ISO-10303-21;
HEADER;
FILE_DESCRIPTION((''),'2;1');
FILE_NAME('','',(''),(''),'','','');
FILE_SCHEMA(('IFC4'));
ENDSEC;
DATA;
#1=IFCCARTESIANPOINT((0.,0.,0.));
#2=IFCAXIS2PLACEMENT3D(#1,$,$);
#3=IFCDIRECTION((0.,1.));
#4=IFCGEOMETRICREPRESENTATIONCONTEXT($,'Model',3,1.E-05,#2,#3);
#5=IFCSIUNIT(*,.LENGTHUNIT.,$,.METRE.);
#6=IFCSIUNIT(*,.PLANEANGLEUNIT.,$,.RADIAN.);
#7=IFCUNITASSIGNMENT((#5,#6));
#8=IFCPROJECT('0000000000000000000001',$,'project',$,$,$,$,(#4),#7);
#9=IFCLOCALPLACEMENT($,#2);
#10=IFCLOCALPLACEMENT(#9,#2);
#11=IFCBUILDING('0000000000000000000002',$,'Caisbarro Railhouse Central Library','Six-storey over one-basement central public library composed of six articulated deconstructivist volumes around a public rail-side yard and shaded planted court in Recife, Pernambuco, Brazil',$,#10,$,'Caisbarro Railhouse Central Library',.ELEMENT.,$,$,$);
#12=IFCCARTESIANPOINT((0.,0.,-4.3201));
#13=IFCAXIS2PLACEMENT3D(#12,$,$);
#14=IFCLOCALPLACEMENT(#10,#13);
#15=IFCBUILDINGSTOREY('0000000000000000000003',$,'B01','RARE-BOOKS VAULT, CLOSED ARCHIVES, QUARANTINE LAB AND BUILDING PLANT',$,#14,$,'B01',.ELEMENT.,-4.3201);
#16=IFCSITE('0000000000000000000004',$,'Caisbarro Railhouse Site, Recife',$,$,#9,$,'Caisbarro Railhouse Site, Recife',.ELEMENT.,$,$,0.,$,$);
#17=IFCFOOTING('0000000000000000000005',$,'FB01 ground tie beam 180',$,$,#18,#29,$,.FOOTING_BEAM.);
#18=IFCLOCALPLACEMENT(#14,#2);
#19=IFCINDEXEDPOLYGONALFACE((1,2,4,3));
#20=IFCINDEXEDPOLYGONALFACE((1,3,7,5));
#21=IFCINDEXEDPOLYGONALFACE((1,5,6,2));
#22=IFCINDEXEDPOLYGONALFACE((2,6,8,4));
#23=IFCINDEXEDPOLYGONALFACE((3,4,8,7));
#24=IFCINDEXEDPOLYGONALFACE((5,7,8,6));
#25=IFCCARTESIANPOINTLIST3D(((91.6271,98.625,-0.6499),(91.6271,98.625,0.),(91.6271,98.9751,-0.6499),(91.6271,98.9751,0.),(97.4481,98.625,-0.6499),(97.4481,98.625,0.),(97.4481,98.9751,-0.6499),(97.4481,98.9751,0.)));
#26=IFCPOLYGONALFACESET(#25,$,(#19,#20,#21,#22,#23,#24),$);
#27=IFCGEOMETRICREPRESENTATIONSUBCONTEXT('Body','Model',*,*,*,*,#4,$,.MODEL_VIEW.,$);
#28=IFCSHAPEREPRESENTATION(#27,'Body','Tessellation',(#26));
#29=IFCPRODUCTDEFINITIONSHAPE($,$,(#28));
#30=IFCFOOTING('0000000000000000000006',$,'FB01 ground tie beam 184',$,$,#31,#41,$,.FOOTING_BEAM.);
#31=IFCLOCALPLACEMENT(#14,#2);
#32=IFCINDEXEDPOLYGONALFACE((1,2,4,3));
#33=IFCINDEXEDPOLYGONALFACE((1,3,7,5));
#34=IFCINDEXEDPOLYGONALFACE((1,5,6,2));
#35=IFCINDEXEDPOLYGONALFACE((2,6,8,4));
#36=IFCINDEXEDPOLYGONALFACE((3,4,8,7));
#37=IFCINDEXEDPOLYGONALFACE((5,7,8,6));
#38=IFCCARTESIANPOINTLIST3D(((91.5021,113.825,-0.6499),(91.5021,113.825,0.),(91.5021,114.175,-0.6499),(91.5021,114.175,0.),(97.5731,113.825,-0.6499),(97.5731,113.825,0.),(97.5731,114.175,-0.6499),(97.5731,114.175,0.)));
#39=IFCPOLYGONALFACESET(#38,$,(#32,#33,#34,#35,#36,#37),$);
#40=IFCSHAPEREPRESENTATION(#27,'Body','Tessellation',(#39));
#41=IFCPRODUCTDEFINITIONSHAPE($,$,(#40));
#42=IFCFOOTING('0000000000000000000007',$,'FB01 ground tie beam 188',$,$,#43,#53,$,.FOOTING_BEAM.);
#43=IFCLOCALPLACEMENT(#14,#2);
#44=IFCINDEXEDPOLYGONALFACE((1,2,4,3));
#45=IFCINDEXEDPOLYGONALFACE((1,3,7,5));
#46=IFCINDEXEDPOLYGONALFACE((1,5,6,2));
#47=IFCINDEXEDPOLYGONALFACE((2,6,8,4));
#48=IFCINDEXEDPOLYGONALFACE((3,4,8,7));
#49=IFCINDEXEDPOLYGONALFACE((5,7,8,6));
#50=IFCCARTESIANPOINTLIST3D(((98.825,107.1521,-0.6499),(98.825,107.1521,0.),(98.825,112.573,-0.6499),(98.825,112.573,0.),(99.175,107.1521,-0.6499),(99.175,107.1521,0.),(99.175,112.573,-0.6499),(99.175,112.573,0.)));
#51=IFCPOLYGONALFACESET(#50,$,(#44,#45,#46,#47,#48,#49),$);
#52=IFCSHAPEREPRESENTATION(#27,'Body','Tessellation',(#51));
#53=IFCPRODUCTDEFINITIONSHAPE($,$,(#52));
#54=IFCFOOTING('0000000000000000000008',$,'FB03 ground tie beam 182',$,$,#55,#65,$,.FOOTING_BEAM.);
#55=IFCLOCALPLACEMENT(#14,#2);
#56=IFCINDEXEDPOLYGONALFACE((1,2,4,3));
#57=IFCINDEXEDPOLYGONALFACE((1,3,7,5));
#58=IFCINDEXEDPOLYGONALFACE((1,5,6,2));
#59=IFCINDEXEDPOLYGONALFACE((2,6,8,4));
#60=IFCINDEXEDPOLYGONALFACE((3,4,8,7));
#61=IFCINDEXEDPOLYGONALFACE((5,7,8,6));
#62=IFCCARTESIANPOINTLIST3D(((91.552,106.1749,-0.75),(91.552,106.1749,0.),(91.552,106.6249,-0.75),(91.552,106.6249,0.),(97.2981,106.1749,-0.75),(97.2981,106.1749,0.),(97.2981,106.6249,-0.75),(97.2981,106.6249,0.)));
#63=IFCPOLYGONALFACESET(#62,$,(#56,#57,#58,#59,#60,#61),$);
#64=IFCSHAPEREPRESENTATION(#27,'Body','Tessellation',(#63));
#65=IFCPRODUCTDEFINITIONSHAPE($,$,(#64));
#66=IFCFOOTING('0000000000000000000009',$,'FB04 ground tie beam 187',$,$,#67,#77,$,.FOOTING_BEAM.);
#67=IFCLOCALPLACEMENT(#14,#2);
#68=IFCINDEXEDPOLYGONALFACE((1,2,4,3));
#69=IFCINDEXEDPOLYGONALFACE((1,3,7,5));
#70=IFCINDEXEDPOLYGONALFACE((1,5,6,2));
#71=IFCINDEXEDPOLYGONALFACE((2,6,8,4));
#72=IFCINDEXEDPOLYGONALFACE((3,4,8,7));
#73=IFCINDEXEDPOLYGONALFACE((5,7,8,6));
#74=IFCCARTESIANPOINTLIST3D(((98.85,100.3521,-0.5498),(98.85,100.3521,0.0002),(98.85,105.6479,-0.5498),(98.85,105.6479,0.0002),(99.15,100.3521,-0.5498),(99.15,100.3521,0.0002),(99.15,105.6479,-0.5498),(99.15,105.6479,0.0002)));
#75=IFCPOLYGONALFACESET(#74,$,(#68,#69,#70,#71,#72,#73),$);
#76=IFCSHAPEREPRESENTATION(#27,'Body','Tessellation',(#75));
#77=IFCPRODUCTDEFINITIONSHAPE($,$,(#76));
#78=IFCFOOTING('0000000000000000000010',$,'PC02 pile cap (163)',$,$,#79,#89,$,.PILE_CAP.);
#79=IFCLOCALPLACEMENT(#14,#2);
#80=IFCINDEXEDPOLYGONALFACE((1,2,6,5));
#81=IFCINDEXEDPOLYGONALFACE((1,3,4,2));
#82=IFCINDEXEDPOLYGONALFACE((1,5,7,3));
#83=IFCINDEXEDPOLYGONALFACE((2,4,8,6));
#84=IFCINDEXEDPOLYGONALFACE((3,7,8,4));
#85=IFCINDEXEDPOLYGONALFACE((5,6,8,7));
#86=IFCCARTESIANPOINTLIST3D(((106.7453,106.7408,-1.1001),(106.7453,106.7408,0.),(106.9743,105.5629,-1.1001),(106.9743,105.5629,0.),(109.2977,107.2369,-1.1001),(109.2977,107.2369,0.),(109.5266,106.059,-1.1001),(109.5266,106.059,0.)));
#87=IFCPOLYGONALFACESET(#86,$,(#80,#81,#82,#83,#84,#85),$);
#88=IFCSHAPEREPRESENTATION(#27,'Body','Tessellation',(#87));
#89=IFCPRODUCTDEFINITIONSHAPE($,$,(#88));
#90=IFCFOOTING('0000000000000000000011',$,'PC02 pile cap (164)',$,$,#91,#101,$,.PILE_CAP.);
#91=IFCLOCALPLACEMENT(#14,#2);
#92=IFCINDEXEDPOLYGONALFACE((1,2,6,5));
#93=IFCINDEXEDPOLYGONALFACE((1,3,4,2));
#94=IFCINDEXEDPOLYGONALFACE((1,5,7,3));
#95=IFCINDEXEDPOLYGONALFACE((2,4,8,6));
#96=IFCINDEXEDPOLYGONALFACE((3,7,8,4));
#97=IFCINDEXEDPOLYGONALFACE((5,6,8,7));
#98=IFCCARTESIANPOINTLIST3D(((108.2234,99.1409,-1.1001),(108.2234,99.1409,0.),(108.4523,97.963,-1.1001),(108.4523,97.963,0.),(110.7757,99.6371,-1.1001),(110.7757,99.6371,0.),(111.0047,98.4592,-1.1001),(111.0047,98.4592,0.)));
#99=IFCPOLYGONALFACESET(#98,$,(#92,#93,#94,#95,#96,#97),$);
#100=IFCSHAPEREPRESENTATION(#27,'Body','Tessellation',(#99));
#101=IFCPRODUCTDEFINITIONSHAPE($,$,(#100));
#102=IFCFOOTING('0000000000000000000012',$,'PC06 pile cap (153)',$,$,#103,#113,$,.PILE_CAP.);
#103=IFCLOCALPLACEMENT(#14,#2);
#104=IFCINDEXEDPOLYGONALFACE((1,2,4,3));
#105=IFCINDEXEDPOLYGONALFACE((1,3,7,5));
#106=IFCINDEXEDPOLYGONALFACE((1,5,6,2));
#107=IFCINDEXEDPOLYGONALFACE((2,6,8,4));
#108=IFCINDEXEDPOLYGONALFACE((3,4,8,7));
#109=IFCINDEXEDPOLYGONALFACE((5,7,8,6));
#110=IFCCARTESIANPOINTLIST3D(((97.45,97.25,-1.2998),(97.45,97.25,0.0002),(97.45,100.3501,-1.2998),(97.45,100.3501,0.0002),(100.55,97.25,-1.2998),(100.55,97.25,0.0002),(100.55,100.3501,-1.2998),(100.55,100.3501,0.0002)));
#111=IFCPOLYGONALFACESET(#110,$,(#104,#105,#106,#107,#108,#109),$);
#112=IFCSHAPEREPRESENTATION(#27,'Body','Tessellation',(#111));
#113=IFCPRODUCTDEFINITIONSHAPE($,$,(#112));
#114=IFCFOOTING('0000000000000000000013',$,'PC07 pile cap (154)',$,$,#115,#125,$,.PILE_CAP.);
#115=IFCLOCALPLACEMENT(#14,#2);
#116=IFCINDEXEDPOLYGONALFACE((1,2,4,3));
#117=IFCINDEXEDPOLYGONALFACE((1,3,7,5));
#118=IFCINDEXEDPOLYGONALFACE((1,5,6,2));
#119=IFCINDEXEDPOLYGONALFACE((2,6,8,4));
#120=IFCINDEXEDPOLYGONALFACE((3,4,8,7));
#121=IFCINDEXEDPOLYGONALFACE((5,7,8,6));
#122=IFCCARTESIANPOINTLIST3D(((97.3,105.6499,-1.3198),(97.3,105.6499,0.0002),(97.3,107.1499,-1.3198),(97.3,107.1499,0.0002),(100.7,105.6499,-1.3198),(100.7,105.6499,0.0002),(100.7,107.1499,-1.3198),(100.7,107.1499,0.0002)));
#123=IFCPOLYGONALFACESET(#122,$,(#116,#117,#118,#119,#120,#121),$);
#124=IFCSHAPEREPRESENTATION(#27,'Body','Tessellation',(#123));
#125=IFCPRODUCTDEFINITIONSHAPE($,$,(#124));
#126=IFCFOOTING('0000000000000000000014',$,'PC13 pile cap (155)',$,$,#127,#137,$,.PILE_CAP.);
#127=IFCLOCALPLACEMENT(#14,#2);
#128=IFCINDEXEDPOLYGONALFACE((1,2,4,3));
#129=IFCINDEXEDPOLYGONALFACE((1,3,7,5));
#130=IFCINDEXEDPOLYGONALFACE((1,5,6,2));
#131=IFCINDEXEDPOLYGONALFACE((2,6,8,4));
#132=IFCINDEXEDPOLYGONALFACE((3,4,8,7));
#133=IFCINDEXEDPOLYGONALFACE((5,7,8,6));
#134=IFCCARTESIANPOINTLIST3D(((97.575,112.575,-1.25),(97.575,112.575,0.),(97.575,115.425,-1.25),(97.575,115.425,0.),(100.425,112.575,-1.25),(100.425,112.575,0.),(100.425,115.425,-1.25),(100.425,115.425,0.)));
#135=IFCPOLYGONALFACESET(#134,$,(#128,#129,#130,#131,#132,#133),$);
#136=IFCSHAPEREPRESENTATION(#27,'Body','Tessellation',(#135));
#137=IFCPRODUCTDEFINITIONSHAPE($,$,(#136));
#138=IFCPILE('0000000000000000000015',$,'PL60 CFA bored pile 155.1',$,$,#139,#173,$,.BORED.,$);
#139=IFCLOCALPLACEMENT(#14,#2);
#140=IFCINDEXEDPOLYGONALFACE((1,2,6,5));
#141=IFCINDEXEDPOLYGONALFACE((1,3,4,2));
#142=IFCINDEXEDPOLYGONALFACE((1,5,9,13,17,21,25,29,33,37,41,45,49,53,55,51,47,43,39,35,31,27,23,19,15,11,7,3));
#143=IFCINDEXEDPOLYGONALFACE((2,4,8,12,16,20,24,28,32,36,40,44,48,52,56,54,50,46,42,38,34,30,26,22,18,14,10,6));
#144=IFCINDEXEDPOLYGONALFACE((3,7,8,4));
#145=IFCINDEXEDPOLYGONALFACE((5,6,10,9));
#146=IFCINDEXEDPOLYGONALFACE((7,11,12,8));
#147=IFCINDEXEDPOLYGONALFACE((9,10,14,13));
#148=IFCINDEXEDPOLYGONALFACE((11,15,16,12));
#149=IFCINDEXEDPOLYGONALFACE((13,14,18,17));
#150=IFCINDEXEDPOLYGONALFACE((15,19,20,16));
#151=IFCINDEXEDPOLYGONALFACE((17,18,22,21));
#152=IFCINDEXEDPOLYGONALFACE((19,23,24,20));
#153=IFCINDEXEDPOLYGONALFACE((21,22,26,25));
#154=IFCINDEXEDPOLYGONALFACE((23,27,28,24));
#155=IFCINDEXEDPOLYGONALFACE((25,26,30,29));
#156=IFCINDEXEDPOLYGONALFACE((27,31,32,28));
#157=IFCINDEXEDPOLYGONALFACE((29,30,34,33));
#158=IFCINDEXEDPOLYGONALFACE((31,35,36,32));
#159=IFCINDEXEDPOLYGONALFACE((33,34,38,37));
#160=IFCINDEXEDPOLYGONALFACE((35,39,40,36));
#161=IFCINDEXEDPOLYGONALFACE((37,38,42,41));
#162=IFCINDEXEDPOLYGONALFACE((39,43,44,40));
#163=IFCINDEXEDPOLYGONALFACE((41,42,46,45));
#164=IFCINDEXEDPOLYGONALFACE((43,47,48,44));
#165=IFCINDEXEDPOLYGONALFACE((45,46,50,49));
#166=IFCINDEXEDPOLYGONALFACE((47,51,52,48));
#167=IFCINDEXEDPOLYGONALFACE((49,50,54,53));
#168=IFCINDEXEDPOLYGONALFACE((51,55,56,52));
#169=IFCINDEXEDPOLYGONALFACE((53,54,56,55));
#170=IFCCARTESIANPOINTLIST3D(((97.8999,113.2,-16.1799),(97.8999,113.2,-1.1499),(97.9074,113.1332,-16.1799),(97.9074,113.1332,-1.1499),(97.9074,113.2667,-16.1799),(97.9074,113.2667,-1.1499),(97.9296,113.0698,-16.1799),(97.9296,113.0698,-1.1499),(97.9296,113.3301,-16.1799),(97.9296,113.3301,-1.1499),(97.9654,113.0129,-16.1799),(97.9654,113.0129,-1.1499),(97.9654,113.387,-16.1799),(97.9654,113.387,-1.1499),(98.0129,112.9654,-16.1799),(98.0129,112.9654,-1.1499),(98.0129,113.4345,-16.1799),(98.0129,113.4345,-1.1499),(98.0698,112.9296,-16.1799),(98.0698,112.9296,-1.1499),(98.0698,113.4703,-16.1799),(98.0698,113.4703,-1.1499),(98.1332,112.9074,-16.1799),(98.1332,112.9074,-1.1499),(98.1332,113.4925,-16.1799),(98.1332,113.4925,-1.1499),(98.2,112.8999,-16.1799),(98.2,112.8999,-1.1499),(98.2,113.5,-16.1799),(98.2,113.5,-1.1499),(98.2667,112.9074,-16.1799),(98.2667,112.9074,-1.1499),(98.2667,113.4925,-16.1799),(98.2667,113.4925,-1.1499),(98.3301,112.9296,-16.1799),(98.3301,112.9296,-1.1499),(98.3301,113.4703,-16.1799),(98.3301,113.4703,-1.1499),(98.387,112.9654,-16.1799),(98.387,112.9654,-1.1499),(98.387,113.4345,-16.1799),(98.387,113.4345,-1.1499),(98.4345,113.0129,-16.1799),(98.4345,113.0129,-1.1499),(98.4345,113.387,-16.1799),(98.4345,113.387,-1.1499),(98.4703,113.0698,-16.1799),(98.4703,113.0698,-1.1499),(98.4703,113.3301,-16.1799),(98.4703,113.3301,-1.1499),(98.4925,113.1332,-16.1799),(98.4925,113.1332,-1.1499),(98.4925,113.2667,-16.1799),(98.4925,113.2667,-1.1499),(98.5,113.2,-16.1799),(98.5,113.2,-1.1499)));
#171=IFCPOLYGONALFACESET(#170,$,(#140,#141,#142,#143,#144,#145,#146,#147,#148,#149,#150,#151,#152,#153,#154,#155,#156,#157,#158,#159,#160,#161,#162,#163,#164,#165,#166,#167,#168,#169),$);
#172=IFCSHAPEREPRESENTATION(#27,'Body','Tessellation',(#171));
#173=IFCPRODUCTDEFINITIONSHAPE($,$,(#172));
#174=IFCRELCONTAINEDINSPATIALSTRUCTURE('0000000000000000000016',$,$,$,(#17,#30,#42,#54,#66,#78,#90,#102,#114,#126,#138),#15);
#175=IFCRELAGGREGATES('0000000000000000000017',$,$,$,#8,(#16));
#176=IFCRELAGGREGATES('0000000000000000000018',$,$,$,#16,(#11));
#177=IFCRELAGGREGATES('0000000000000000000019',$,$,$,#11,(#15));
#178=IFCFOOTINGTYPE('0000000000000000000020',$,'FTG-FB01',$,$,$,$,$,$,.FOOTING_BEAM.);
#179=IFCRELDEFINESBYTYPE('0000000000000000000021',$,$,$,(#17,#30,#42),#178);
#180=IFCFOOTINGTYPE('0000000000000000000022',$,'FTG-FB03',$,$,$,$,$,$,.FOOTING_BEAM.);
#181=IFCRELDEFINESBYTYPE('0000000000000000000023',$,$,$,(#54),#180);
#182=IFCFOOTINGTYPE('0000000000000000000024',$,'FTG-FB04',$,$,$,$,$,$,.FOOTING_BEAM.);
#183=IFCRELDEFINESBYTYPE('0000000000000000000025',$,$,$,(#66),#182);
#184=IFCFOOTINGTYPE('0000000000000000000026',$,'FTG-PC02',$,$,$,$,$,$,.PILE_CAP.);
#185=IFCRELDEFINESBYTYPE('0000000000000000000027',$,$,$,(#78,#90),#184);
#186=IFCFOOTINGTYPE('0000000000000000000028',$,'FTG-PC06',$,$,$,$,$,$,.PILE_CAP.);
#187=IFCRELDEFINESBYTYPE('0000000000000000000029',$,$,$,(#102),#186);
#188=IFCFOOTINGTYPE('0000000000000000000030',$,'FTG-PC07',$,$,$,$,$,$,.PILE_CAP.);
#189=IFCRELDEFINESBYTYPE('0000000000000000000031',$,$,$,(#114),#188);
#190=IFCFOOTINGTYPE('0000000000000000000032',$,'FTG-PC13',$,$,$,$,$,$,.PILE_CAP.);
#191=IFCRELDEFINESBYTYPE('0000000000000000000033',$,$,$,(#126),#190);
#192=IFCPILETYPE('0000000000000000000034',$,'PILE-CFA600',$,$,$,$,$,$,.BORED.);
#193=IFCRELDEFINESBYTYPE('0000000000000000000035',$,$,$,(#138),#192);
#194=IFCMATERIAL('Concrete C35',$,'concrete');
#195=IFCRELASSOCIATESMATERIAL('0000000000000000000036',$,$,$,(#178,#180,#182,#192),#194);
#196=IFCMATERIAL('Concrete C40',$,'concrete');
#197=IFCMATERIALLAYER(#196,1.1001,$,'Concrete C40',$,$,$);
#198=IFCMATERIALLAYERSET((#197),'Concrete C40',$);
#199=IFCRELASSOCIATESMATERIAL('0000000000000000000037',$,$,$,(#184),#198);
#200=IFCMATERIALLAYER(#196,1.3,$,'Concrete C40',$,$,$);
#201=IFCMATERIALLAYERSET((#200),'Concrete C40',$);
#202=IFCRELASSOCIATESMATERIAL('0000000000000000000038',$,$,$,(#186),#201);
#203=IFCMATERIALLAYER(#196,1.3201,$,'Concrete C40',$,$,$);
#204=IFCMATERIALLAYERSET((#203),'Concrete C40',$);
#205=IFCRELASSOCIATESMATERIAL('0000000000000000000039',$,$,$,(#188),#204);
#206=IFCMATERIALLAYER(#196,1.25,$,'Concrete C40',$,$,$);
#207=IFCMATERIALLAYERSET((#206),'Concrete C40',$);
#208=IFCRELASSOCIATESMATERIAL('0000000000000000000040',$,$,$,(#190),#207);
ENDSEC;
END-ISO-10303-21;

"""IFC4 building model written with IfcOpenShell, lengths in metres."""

from ifc_helpers import new_model, si_unit, direction, frame, origin, origin_2d, place, context, subcontext, project, spatial, rectangle, circle, extrude, material, layer, layer_set, material_profile, profile_set, type_object, element, save


model = new_model("IFC4")

# Units and contexts
model_context = context("Model", 3, precision=1e-05, world=origin(), true_north=direction((0.0, 1.0)))
body_context = subcontext(model_context, "Body", "Model", "MODEL_VIEW")
ifc_project = project(units=[si_unit("LENGTHUNIT", "METRE"), si_unit("PLANEANGLEUNIT", "RADIAN")], contexts=[model_context])

# Site, building, storey
site_placement = place(None, origin())
site = spatial("IfcSite", under=ifc_project, at=site_placement, Name="Caisbarro Railhouse Site, Recife", LongName="Caisbarro Railhouse Site, Recife", CompositionType="ELEMENT", RefElevation=0.0)
building_placement = place(site_placement, origin())
building = spatial("IfcBuilding", under=site, at=building_placement, Name="Caisbarro Railhouse Central Library", Description="Six-storey over one-basement central public library composed of six articulated deconstructivist volumes around a public rail-side yard and shaded planted court in Recife, Pernambuco, Brazil", LongName="Caisbarro Railhouse Central Library", CompositionType="ELEMENT")
storey_placement = place(building_placement, frame((0.0, 0.0, -4.3201)))
storey = spatial("IfcBuildingStorey", under=building, at=storey_placement, Name="B01", Description="RARE-BOOKS VAULT, CLOSED ARCHIVES, QUARANTINE LAB AND BUILDING PLANT", LongName="B01", CompositionType="ELEMENT", Elevation=-4.3201)

# Footings
ifc_material_1 = material(Name="Concrete C35", Category="concrete")
footing_type_1 = type_object("IfcFootingType", Name="FTG-FB01", PredefinedType="FOOTING_BEAM", material=ifc_material_1)
footing_1_placement = place(storey_placement, frame((94.5376, 98.8, -0.6499), z_axis=(0.0, 0.0, 1.0), x_axis=(1.0, 0.0, 0.0)))
element("IfcFooting", 1, at=footing_1_placement, inside=storey, type_object=footing_type_1, Name="FB01 ground tie beam 180", PredefinedType="FOOTING_BEAM", context=body_context, shape_type="SweptSolid", body=[
    extrude(rectangle(XDim=5.821, YDim=0.3501, at=origin_2d()), origin(), (0.0, 0.0, 1.0), 0.6499),
])
footing_2_placement = place(storey_placement, frame((94.5376, 114.0, -0.6499), z_axis=(0.0, 0.0, 1.0), x_axis=(1.0, 0.0, 0.0)))
element("IfcFooting", 2, at=footing_2_placement, inside=storey, type_object=footing_type_1, Name="FB01 ground tie beam 184", PredefinedType="FOOTING_BEAM", context=body_context, shape_type="SweptSolid", body=[
    extrude(rectangle(XDim=6.071, YDim=0.3501, at=origin_2d()), origin(), (0.0, 0.0, 1.0), 0.6499),
])
footing_3_placement = place(storey_placement, frame((99.0, 109.8625, -0.6499), z_axis=(0.0, 0.0, 1.0), x_axis=(0.0, 1.0, 0.0)))
element("IfcFooting", 3, at=footing_3_placement, inside=storey, type_object=footing_type_1, Name="FB01 ground tie beam 188", PredefinedType="FOOTING_BEAM", context=body_context, shape_type="SweptSolid", body=[
    extrude(rectangle(XDim=5.4209, YDim=0.3501, at=origin_2d()), origin(), (0.0, 0.0, 1.0), 0.6499),
])
footing_type_2 = type_object("IfcFootingType", Name="FTG-FB03", PredefinedType="FOOTING_BEAM", material=ifc_material_1)
footing_4_placement = place(storey_placement, frame((94.425, 106.3999, -0.75), z_axis=(0.0, 0.0, 1.0), x_axis=(1.0, 0.0, 0.0)))
element("IfcFooting", 4, at=footing_4_placement, inside=storey, type_object=footing_type_2, Name="FB03 ground tie beam 182", PredefinedType="FOOTING_BEAM", context=body_context, shape_type="SweptSolid", body=[
    extrude(rectangle(XDim=5.7461, YDim=0.45, at=origin_2d()), origin(), (0.0, 0.0, 1.0), 0.75),
])
footing_type_3 = type_object("IfcFootingType", Name="FTG-FB04", PredefinedType="FOOTING_BEAM", material=ifc_material_1)
footing_5_placement = place(storey_placement, frame((99.0, 103.0, -0.5498), z_axis=(0.0, 0.0, 1.0), x_axis=(0.0, 1.0, 0.0)))
element("IfcFooting", 5, at=footing_5_placement, inside=storey, type_object=footing_type_3, Name="FB04 ground tie beam 187", PredefinedType="FOOTING_BEAM", context=body_context, shape_type="SweptSolid", body=[
    extrude(rectangle(XDim=5.2959, YDim=0.3, at=origin_2d()), origin(), (0.0, 0.0, 1.0), 0.55),
])
ifc_material_2 = material(Name="Concrete C40", Category="concrete")
ifc_layer_1 = layer(ifc_material_2, 1.1001, Name="Concrete C40")
ifc_layer_set_1 = layer_set([ifc_layer_1], Name="Concrete C40")
footing_type_4 = type_object("IfcFootingType", Name="FTG-PC02", PredefinedType="PILE_CAP", material=ifc_layer_set_1)
for number, where, z_axis, x_axis, name in (
    (6, (108.136, 106.3999, -1.1001), (0.0, 0.0, 1.0), (0.981627, 0.190809, 0.0), "PC02 pile cap (163)"),
    (7, (109.614, 98.8, -1.1001), (0.0, 0.0, 1.0), (0.981627, 0.190809, 0.0), "PC02 pile cap (164)"),
):
    element("IfcFooting", number, at=place(storey_placement, frame(where, z_axis=z_axis, x_axis=x_axis)), inside=storey, type_object=footing_type_4, Name=name, PredefinedType="PILE_CAP", context=body_context, shape_type="SweptSolid", body=[
        extrude(rectangle(XDim=2.6001, YDim=1.2, at=origin_2d()), origin(), (0.0, 0.0, 1.0), 1.1001),
    ])
ifc_layer_2 = layer(ifc_material_2, 1.3, Name="Concrete C40")
ifc_layer_set_2 = layer_set([ifc_layer_2], Name="Concrete C40")
footing_type_5 = type_object("IfcFootingType", Name="FTG-PC06", PredefinedType="PILE_CAP", material=ifc_layer_set_2)
footing_6_placement = place(storey_placement, frame((99.0, 98.8, -1.2998), z_axis=(0.0, 0.0, 1.0), x_axis=(1.0, 0.0, 0.0)))
element("IfcFooting", 8, at=footing_6_placement, inside=storey, type_object=footing_type_5, Name="PC06 pile cap (153)", PredefinedType="PILE_CAP", context=body_context, shape_type="SweptSolid", body=[
    extrude(rectangle(XDim=3.1001, YDim=3.1001, at=origin_2d()), origin(), (0.0, 0.0, 1.0), 1.3),
])
ifc_layer_3 = layer(ifc_material_2, 1.3201, Name="Concrete C40")
ifc_layer_set_3 = layer_set([ifc_layer_3], Name="Concrete C40")
footing_type_6 = type_object("IfcFootingType", Name="FTG-PC07", PredefinedType="PILE_CAP", material=ifc_layer_set_3)
footing_7_placement = place(storey_placement, frame((99.0, 106.3999, -1.3198), z_axis=(0.0, 0.0, 1.0), x_axis=(1.0, 0.0, 0.0)))
element("IfcFooting", 9, at=footing_7_placement, inside=storey, type_object=footing_type_6, Name="PC07 pile cap (154)", PredefinedType="PILE_CAP", context=body_context, shape_type="SweptSolid", body=[
    extrude(rectangle(XDim=3.3999, YDim=1.5, at=origin_2d()), origin(), (0.0, 0.0, 1.0), 1.3201),
])
ifc_layer_4 = layer(ifc_material_2, 1.25, Name="Concrete C40")
ifc_layer_set_4 = layer_set([ifc_layer_4], Name="Concrete C40")
footing_type_7 = type_object("IfcFootingType", Name="FTG-PC13", PredefinedType="PILE_CAP", material=ifc_layer_set_4)
footing_8_placement = place(storey_placement, frame((99.0, 114.0, -1.25), z_axis=(0.0, 0.0, 1.0), x_axis=(1.0, 0.0, 0.0)))
element("IfcFooting", 10, at=footing_8_placement, inside=storey, type_object=footing_type_7, Name="PC13 pile cap (155)", PredefinedType="PILE_CAP", context=body_context, shape_type="SweptSolid", body=[
    extrude(rectangle(XDim=2.8501, YDim=2.8501, at=origin_2d()), origin(), (0.0, 0.0, 1.0), 1.25),
])

# Pile
ifc_material_profile_1 = material_profile(ifc_material_1, circle(Radius=0.3, at=origin_2d()), Name="PILE-CFA-600")
ifc_profile_set_1 = profile_set([ifc_material_profile_1], Name="Concrete C35")
pile_type_1 = type_object("IfcPileType", Name="PILE-CFA600", PredefinedType="BORED", material=ifc_profile_set_1)
for number, where, z_axis, x_axis, name in (
    (11, (98.2, 113.2, -1.1499), (0.0, 0.0, -1.0), (1.0, 0.0, 0.0), "PL60 CFA bored pile 155.1"),
):
    element("IfcPile", number, at=place(storey_placement, frame(where, z_axis=z_axis, x_axis=x_axis)), inside=storey, type_object=pile_type_1, Name=name, PredefinedType="BORED", context=body_context, shape_type="SweptSolid", body=[
        extrude(circle(Radius=0.3, at=origin_2d()), origin(), (0.0, 0.0, 1.0), 15.03),
    ])

save(model, "model.ifc")
